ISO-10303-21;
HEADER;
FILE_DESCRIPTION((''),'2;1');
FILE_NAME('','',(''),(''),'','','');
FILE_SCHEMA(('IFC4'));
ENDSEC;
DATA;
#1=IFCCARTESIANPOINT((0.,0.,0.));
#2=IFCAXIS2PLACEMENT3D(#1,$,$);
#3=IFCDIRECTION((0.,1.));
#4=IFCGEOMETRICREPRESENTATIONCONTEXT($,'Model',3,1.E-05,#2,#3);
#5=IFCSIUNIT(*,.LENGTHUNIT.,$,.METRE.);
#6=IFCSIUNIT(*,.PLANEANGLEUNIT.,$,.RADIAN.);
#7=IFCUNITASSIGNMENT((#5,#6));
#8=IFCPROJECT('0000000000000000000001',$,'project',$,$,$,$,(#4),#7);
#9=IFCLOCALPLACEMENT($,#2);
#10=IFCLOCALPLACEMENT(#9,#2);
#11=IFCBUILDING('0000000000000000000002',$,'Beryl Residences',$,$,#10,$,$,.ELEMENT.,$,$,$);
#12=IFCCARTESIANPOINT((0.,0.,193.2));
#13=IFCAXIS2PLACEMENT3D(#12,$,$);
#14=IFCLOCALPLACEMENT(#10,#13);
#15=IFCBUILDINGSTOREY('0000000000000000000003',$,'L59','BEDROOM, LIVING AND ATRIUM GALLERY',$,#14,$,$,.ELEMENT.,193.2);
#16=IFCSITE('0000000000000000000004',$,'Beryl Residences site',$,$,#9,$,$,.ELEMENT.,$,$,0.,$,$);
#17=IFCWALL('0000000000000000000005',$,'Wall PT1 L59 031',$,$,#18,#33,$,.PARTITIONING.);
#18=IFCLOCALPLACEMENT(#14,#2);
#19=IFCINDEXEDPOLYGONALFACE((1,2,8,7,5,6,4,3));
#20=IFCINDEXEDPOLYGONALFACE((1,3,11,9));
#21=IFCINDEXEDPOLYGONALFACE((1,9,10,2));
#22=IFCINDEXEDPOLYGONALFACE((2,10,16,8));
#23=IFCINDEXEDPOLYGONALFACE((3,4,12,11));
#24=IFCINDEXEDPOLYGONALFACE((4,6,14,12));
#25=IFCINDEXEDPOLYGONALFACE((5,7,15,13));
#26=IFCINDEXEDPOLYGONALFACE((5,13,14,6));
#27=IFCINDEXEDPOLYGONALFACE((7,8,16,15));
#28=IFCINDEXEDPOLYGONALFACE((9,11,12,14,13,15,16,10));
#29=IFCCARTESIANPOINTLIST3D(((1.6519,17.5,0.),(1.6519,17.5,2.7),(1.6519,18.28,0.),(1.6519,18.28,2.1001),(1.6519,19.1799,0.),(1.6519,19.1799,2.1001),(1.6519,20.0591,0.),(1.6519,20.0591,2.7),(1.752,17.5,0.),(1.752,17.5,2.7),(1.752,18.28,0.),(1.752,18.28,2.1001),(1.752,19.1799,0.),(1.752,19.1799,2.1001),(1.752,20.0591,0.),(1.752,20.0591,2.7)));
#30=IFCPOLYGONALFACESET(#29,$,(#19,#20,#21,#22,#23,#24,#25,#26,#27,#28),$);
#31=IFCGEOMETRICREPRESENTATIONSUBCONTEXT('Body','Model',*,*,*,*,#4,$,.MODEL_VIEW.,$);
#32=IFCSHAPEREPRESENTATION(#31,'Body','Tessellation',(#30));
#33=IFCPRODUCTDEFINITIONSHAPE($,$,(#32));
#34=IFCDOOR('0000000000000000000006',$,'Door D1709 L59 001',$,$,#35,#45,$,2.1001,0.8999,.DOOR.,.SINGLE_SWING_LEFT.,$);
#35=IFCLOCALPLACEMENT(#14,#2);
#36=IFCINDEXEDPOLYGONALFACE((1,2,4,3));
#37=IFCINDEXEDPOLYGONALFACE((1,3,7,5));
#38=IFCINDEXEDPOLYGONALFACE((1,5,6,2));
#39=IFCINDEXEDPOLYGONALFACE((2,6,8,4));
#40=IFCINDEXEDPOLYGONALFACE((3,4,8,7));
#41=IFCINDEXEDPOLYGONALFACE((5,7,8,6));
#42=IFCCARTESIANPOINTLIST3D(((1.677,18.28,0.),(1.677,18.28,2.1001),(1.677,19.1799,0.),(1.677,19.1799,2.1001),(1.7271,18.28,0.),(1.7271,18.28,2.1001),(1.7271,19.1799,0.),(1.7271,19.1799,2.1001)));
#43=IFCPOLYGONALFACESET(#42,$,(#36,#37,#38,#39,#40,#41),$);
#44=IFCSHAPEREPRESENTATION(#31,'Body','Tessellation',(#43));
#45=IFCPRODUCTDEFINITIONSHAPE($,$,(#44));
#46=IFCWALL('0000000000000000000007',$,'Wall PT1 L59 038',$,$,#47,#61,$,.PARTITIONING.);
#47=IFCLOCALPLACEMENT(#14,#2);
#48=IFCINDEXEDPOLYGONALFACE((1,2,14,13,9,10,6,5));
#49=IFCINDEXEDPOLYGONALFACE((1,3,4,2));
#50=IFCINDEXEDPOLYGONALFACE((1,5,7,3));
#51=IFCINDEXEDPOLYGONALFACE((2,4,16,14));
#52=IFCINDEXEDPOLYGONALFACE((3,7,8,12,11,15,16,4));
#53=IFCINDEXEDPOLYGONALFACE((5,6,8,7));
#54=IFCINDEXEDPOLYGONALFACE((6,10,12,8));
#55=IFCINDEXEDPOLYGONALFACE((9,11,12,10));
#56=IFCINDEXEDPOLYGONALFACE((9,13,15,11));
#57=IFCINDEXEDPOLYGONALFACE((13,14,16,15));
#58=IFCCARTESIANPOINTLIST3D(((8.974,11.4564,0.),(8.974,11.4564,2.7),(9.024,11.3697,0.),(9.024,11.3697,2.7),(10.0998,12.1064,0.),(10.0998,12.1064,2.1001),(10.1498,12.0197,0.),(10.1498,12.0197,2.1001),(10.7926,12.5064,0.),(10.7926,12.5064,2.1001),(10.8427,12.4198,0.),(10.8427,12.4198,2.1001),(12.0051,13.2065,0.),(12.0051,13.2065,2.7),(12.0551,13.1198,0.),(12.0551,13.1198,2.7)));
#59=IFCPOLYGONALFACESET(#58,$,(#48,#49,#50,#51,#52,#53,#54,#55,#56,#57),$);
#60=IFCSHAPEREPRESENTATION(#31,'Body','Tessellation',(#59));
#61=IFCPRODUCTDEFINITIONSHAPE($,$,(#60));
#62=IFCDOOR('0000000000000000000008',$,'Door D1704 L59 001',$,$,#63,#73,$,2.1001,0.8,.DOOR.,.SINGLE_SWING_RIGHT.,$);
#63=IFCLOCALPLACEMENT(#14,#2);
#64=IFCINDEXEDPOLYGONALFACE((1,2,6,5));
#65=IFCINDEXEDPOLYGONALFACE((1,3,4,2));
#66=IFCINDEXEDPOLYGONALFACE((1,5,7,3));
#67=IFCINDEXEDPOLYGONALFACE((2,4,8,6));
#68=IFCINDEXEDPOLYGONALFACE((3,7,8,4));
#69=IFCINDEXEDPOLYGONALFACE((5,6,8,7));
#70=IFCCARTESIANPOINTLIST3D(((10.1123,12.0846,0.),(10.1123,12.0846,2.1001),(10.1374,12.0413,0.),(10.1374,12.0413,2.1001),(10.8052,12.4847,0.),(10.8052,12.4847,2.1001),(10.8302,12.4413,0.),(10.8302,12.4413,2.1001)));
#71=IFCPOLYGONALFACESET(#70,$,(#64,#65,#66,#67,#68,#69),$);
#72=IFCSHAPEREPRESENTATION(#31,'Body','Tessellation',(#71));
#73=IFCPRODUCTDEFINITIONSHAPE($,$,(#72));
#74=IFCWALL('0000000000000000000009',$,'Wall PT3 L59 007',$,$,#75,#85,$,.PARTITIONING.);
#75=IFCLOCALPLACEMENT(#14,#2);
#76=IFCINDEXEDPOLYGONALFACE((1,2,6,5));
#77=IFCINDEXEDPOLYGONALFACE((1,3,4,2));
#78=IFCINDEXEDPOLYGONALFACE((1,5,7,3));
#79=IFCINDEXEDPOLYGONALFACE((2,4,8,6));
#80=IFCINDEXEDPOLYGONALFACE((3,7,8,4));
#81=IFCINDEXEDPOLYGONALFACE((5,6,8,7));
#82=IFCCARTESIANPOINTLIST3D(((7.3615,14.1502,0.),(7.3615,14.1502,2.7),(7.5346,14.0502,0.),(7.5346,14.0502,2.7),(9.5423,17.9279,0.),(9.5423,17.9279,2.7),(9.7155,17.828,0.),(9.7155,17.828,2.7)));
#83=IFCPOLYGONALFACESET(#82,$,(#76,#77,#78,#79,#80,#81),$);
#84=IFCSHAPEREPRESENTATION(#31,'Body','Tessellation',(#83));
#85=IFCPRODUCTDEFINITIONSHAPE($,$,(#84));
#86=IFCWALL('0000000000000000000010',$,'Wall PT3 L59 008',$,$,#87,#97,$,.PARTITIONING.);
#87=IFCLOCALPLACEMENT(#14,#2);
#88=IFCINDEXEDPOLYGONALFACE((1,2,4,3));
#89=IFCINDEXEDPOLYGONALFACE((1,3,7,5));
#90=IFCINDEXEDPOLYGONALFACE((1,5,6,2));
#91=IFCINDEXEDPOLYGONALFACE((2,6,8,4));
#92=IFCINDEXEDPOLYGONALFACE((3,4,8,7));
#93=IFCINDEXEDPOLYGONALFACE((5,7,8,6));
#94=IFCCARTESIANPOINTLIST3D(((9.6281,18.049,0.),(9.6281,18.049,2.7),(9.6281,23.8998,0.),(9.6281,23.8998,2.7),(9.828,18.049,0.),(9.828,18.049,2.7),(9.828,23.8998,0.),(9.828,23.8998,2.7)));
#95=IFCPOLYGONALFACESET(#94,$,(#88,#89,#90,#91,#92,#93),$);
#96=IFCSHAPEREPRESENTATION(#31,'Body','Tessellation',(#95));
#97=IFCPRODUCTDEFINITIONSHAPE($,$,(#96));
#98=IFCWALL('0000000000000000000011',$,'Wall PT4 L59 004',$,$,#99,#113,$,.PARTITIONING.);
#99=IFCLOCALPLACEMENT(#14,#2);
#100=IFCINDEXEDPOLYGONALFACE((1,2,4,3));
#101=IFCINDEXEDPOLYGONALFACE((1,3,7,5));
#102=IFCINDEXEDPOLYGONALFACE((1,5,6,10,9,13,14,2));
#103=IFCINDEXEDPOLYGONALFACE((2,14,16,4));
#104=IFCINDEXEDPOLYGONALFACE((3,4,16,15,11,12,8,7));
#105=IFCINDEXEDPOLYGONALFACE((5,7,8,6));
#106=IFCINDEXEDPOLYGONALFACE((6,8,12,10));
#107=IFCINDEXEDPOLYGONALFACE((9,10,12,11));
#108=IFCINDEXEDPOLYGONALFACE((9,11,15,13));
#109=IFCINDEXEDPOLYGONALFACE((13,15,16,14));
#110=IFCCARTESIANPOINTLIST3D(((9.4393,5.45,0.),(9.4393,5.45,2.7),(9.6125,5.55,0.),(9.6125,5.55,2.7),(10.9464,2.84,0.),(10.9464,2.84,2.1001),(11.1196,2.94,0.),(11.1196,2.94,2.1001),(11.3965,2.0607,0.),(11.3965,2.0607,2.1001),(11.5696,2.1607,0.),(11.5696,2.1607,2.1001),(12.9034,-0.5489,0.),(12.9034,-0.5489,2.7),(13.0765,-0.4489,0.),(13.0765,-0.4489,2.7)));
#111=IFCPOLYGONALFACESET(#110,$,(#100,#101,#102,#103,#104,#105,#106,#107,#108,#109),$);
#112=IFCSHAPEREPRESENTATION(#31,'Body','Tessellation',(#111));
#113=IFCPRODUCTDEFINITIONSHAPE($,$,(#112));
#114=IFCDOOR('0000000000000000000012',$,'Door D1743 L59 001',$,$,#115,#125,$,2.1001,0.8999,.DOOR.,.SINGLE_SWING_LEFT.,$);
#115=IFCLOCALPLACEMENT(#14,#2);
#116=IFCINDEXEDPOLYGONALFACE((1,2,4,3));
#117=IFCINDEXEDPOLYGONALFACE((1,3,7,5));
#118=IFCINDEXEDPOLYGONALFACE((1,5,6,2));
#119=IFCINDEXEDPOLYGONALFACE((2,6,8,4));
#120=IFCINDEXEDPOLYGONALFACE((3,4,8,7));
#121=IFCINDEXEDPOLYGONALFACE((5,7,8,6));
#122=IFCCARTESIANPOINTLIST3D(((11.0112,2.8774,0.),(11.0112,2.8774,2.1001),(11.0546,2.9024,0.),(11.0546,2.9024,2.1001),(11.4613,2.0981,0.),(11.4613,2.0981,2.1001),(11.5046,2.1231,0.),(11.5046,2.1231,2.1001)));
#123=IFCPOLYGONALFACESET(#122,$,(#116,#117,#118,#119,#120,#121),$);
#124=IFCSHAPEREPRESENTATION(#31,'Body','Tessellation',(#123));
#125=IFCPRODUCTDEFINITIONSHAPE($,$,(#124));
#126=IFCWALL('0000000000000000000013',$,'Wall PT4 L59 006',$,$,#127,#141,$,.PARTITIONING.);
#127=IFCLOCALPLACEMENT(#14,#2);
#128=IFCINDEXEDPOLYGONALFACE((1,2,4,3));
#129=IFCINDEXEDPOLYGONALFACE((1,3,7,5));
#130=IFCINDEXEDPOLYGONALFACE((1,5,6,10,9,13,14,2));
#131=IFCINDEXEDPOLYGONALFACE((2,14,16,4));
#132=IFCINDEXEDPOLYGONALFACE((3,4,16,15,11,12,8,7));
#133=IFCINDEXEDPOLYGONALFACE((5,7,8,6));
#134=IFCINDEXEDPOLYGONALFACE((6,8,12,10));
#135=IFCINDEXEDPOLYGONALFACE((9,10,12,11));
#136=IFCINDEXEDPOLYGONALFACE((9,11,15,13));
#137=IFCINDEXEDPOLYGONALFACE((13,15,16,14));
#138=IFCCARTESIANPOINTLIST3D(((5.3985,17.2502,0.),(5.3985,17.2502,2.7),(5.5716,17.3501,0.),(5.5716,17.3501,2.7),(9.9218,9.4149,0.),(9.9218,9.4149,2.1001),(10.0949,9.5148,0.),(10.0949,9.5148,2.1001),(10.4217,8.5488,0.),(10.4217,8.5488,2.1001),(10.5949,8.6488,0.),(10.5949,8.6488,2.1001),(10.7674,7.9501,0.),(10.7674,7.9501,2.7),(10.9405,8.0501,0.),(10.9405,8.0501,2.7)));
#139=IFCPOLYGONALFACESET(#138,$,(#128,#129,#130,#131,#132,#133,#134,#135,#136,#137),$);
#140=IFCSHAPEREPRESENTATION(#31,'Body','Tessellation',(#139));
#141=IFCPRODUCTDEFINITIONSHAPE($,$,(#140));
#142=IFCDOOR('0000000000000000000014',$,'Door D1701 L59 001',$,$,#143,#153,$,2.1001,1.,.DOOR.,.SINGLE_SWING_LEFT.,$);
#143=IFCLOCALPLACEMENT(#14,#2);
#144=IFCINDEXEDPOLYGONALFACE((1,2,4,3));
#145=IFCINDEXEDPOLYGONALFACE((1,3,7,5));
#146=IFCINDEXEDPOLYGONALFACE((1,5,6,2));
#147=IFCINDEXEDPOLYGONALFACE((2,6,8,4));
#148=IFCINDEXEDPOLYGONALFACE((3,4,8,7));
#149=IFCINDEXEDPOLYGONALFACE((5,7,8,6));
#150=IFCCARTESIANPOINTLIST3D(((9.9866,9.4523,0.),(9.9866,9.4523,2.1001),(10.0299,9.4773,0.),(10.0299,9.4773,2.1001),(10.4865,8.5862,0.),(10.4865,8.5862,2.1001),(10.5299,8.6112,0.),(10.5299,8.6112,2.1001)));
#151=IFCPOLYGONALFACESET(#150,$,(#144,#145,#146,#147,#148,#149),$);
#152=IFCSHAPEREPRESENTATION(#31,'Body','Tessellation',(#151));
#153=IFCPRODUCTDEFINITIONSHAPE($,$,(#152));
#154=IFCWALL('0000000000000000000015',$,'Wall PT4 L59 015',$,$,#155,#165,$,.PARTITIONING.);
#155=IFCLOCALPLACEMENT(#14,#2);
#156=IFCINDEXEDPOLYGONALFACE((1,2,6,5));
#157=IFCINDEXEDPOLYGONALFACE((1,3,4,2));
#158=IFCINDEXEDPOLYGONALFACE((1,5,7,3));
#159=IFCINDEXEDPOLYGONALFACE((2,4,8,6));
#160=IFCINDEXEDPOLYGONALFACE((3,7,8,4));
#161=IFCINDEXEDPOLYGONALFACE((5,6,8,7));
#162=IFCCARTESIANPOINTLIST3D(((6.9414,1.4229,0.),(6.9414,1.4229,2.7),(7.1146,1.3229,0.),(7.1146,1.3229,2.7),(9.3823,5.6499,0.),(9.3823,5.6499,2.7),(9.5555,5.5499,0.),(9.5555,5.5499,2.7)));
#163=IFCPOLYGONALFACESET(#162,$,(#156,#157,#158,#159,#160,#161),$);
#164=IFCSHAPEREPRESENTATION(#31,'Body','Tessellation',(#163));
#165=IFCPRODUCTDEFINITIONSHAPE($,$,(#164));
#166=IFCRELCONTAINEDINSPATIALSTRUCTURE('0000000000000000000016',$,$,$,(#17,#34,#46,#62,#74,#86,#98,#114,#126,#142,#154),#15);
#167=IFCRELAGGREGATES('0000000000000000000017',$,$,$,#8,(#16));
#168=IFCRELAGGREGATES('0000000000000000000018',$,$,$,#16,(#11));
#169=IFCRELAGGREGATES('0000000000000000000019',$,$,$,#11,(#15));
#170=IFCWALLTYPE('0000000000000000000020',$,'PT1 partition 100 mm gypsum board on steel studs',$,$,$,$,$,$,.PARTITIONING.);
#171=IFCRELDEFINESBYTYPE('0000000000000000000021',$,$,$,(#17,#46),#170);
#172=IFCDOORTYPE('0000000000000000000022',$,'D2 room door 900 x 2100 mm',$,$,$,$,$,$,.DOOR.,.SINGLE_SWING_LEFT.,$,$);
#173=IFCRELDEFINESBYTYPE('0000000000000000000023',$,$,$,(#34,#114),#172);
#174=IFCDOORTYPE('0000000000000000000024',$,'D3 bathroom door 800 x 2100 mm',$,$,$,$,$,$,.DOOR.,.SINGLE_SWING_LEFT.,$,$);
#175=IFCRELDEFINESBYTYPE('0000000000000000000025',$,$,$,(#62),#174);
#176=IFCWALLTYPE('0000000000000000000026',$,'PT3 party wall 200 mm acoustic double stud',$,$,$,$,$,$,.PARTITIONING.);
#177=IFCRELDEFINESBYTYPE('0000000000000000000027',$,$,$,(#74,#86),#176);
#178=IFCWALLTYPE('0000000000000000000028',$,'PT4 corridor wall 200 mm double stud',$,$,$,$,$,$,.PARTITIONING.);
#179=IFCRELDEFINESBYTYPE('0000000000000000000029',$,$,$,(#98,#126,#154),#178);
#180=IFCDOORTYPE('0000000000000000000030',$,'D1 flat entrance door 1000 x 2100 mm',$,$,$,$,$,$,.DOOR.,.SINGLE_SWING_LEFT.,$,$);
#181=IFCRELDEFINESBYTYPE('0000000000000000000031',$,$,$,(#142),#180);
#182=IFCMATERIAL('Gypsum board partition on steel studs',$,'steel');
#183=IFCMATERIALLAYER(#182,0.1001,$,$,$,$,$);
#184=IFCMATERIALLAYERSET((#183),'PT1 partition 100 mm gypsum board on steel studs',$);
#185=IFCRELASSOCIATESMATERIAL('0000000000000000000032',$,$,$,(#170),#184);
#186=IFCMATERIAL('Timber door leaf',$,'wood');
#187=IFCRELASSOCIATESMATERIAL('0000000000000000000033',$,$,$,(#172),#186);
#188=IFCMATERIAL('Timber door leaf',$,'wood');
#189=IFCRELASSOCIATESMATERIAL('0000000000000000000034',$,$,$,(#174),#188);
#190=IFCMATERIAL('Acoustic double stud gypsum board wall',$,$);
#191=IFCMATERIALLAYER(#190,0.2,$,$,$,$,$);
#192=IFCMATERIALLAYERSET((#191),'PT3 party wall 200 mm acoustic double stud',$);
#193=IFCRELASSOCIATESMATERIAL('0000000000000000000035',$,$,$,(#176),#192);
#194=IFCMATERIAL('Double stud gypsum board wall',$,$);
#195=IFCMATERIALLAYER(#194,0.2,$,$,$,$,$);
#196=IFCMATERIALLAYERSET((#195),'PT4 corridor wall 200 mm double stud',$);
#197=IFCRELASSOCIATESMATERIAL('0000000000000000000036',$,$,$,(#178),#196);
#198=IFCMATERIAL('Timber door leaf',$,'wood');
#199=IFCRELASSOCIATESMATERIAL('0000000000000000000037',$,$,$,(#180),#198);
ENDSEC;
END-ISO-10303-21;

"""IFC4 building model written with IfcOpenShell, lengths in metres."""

from ifc_helpers import new_model, si_unit, direction, frame, frame_2d, origin, place, context, subcontext, project, spatial, rectangle, extrude, material, layer, layer_set, type_object, element, fill, save


model = new_model("IFC4")

# Units and contexts
model_context = context("Model", 3, precision=1e-05, world=origin(), true_north=direction((0.0, 1.0)))
body_context = subcontext(model_context, "Body", "Model", "MODEL_VIEW")
ifc_project = project(units=[si_unit("LENGTHUNIT", "METRE"), si_unit("PLANEANGLEUNIT", "RADIAN")], contexts=[model_context])

# Site, building, storey
site_placement = place(None, origin())
site = spatial("IfcSite", under=ifc_project, at=site_placement, Name="Beryl Residences site", CompositionType="ELEMENT", RefElevation=0.0)
building_placement = place(site_placement, origin())
building = spatial("IfcBuilding", under=site, at=building_placement, Name="Beryl Residences", CompositionType="ELEMENT")
storey_placement = place(building_placement, frame((0.0, 0.0, 193.2)))
storey = spatial("IfcBuildingStorey", under=building, at=storey_placement, Name="L59", Description="BEDROOM, LIVING AND ATRIUM GALLERY", CompositionType="ELEMENT", Elevation=193.2)

# Walls, openings, doors
ifc_material_1 = material(Name="Gypsum board partition on steel studs", Category="steel")
ifc_layer_1 = layer(ifc_material_1, 0.1001)
ifc_layer_set_1 = layer_set([ifc_layer_1], Name="PT1 partition 100 mm gypsum board on steel studs")
wall_type_1 = type_object("IfcWallType", Name="PT1 partition 100 mm gypsum board on steel studs", PredefinedType="PARTITIONING", material=ifc_layer_set_1)
ifc_material_2 = material(Name="Timber door leaf", Category="wood")
door_type_1 = type_object("IfcDoorType", Name="D2 room door 900 x 2100 mm", OperationType="SINGLE_SWING_LEFT", PredefinedType="DOOR", material=ifc_material_2)
ifc_material_3 = material(Name="Timber door leaf", Category="wood")
door_type_2 = type_object("IfcDoorType", Name="D3 bathroom door 800 x 2100 mm", OperationType="SINGLE_SWING_LEFT", PredefinedType="DOOR", material=ifc_material_3)
wall_1_placement = place(storey_placement, frame((1.7019, 17.5, 0.0), z_axis=(0.0, 0.0, 1.0), x_axis=(0.0, 1.0, 0.0)))
wall_1 = element("IfcWall", 1, at=wall_1_placement, inside=storey, type_object=wall_type_1, Name="Wall PT1 L59 031", PredefinedType="PARTITIONING", context=body_context, shape_type="SweptSolid", body=[
    extrude(rectangle(XDim=2.5591, YDim=0.1001, at=frame_2d((1.2795, 0.0))), origin(), (0.0, 0.0, 1.0), 2.7),
])
opening_1_placement = place(wall_1_placement, frame((0.78, 0.0, 0.0)))
opening_1 = element("IfcOpeningElement", 2, at=opening_1_placement, cuts=wall_1, PredefinedType="OPENING", context=body_context, shape_type="SweptSolid", body=[
    extrude(rectangle(XDim=0.8999, YDim=2.1001, at=frame_2d((0.45, 1.05))), frame((0.0, 0.0601, 0.0), z_axis=(0.0, -1.0, 0.0), x_axis=(1.0, 0.0, 0.0)), (0.0, 0.0, 1.0), 0.1201),
])
door_1_placement = place(opening_1_placement, origin())
door_1 = element("IfcDoor", 3, at=door_1_placement, inside=storey, type_object=door_type_1, Name="Door D1709 L59 001", OperationType="SINGLE_SWING_LEFT", OverallHeight=2.1001, OverallWidth=0.8999, PredefinedType="DOOR", context=body_context, shape_type="SweptSolid", body=[
    extrude(rectangle(XDim=0.8999, YDim=2.1001, at=frame_2d((0.45, 1.05))), frame((0.0, 0.0249, 0.0), z_axis=(0.0, -1.0, 0.0), x_axis=(1.0, 0.0, 0.0)), (0.0, 0.0, 1.0), 0.05),
])
fill(opening_1, door_1)
wall_2_placement = place(storey_placement, frame((8.999, 11.4131, 0.0), z_axis=(0.0, 0.0, 1.0), x_axis=(0.866019, 0.50001, 0.0)))
wall_2 = element("IfcWall", 4, at=wall_2_placement, inside=storey, type_object=wall_type_1, Name="Wall PT1 L59 038", PredefinedType="PARTITIONING", context=body_context, shape_type="SweptSolid", body=[
    extrude(rectangle(XDim=3.5, YDim=0.1001, at=frame_2d((1.75, 0.0))), origin(), (0.0, 0.0, 1.0), 2.7),
])
opening_2_placement = place(wall_2_placement, frame((1.3, 0.0, 0.0)))
opening_2 = element("IfcOpeningElement", 5, at=opening_2_placement, cuts=wall_2, PredefinedType="OPENING", context=body_context, shape_type="SweptSolid", body=[
    extrude(rectangle(XDim=0.8, YDim=2.1001, at=frame_2d((0.3999, 1.05))), frame((0.0, 0.0601, 0.0), z_axis=(0.0, -1.0, 0.0), x_axis=(1.0, 0.0, 0.0)), (0.0, 0.0, 1.0), 0.1201),
])
door_2_placement = place(opening_2_placement, origin())
door_2 = element("IfcDoor", 6, at=door_2_placement, inside=storey, type_object=door_type_2, Name="Door D1704 L59 001", OperationType="SINGLE_SWING_RIGHT", OverallHeight=2.1001, OverallWidth=0.8, PredefinedType="DOOR", context=body_context, shape_type="SweptSolid", body=[
    extrude(rectangle(XDim=0.8, YDim=2.1001, at=frame_2d((0.3999, 1.05))), frame((0.0, 0.0249, 0.0), z_axis=(0.0, -1.0, 0.0), x_axis=(1.0, 0.0, 0.0)), (0.0, 0.0, 1.0), 0.05),
])
fill(opening_2, door_2)

# Walls
ifc_material_4 = material(Name="Acoustic double stud gypsum board wall")
ifc_layer_2 = layer(ifc_material_4, 0.2)
ifc_layer_set_2 = layer_set([ifc_layer_2], Name="PT3 party wall 200 mm acoustic double stud")
wall_type_2 = type_object("IfcWallType", Name="PT3 party wall 200 mm acoustic double stud", PredefinedType="PARTITIONING", material=ifc_layer_set_2)
wall_3_placement = place(storey_placement, frame((7.448, 14.1001, 0.0), z_axis=(0.0, 0.0, 1.0), x_axis=(0.499961, 0.866048, 0.0)))
element("IfcWall", 7, at=wall_3_placement, inside=storey, type_object=wall_type_2, Name="Wall PT3 L59 007", PredefinedType="PARTITIONING", context=body_context, shape_type="SweptSolid", body=[
    extrude(rectangle(XDim=4.3621, YDim=0.2, at=frame_2d((2.1812, 0.0))), origin(), (0.0, 0.0, 1.0), 2.7),
])
wall_4_placement = place(storey_placement, frame((9.728, 18.0491, 0.0), z_axis=(0.0, 0.0, 1.0), x_axis=(0.0, 1.0, 0.0)))
element("IfcWall", 8, at=wall_4_placement, inside=storey, type_object=wall_type_2, Name="Wall PT3 L59 008", PredefinedType="PARTITIONING", context=body_context, shape_type="SweptSolid", body=[
    extrude(rectangle(XDim=5.8508, YDim=0.2, at=frame_2d((2.9253, 0.0))), origin(), (0.0, 0.0, 1.0), 2.7),
])

# Walls, openings, doors
ifc_material_5 = material(Name="Double stud gypsum board wall")
ifc_layer_3 = layer(ifc_material_5, 0.2)
ifc_layer_set_3 = layer_set([ifc_layer_3], Name="PT4 corridor wall 200 mm double stud")
wall_type_3 = type_object("IfcWallType", Name="PT4 corridor wall 200 mm double stud", PredefinedType="PARTITIONING", material=ifc_layer_set_3)
wall_5_placement = place(storey_placement, frame((9.5259, 5.5, 0.0), z_axis=(0.0, 0.0, 1.0), x_axis=(0.500062, -0.86599, 0.0)))
wall_5 = element("IfcWall", 9, at=wall_5_placement, inside=storey, type_object=wall_type_3, Name="Wall PT4 L59 004", PredefinedType="PARTITIONING", context=body_context, shape_type="SweptSolid", body=[
    extrude(rectangle(XDim=6.9272, YDim=0.2, at=frame_2d((3.4636, 0.0))), origin(), (0.0, 0.0, 1.0), 2.7),
])
opening_3_placement = place(wall_5_placement, frame((3.0139, 0.0, 0.0)))
opening_3 = element("IfcOpeningElement", 10, at=opening_3_placement, cuts=wall_5, PredefinedType="OPENING", context=body_context, shape_type="SweptSolid", body=[
    extrude(rectangle(XDim=0.8999, YDim=2.1001, at=frame_2d((0.45, 1.05))), frame((0.0, 0.1099, 0.0), z_axis=(0.0, -1.0, 0.0), x_axis=(1.0, 0.0, 0.0)), (0.0, 0.0, 1.0), 0.22),
])
door_3_placement = place(opening_3_placement, origin())
door_3 = element("IfcDoor", 11, at=door_3_placement, inside=storey, type_object=door_type_1, Name="Door D1743 L59 001", OperationType="SINGLE_SWING_LEFT", OverallHeight=2.1001, OverallWidth=0.8999, PredefinedType="DOOR", context=body_context, shape_type="SweptSolid", body=[
    extrude(rectangle(XDim=0.8999, YDim=2.1001, at=frame_2d((0.45, 1.05))), frame((0.0, 0.0249, 0.0), z_axis=(0.0, -1.0, 0.0), x_axis=(1.0, 0.0, 0.0)), (0.0, 0.0, 1.0), 0.05),
])
fill(opening_3, door_3)
wall_6_placement = place(storey_placement, frame((5.4851, 17.3, 0.0), z_axis=(0.0, 0.0, 1.0), x_axis=(0.499966, -0.866045, 0.0)))
wall_6 = element("IfcWall", 12, at=wall_6_placement, inside=storey, type_object=wall_type_3, Name="Wall PT4 L59 006", PredefinedType="PARTITIONING", context=body_context, shape_type="SweptSolid", body=[
    extrude(rectangle(XDim=10.7385, YDim=0.2, at=frame_2d((5.3691, 0.0))), origin(), (0.0, 0.0, 1.0), 2.7),
])
opening_4_placement = place(wall_6_placement, frame((9.0471, 0.0, 0.0)))
opening_4 = element("IfcOpeningElement", 13, at=opening_4_placement, cuts=wall_6, PredefinedType="OPENING", context=body_context, shape_type="SweptSolid", body=[
    extrude(rectangle(XDim=1.0, YDim=2.1001, at=frame_2d((0.5, 1.05))), frame((0.0, 0.1099, 0.0), z_axis=(0.0, -1.0, 0.0), x_axis=(1.0, 0.0, 0.0)), (0.0, 0.0, 1.0), 0.22),
])
ifc_material_6 = material(Name="Timber door leaf", Category="wood")
door_type_3 = type_object("IfcDoorType", Name="D1 flat entrance door 1000 x 2100 mm", OperationType="SINGLE_SWING_LEFT", PredefinedType="DOOR", material=ifc_material_6)
door_4_placement = place(opening_4_placement, origin())
door_4 = element("IfcDoor", 14, at=door_4_placement, inside=storey, type_object=door_type_3, Name="Door D1701 L59 001", OperationType="SINGLE_SWING_LEFT", OverallHeight=2.1001, OverallWidth=1.0, PredefinedType="DOOR", context=body_context, shape_type="SweptSolid", body=[
    extrude(rectangle(XDim=1.0, YDim=2.1001, at=frame_2d((0.5, 1.05))), frame((0.0, 0.0249, 0.0), z_axis=(0.0, -1.0, 0.0), x_axis=(1.0, 0.0, 0.0)), (0.0, 0.0, 1.0), 0.05),
])
fill(opening_4, door_4)

# Wall
wall_7_placement = place(storey_placement, frame((7.0281, 1.373, 0.0), z_axis=(0.0, 0.0, 1.0), x_axis=(0.500066, 0.865987, 0.0)))
element("IfcWall", 15, at=wall_7_placement, inside=storey, type_object=wall_type_3, Name="Wall PT4 L59 015", PredefinedType="PARTITIONING", context=body_context, shape_type="SweptSolid", body=[
    extrude(rectangle(XDim=4.8811, YDim=0.2, at=frame_2d((2.4404, 0.0))), origin(), (0.0, 0.0, 1.0), 2.7),
])

save(model, "model.ifc")
